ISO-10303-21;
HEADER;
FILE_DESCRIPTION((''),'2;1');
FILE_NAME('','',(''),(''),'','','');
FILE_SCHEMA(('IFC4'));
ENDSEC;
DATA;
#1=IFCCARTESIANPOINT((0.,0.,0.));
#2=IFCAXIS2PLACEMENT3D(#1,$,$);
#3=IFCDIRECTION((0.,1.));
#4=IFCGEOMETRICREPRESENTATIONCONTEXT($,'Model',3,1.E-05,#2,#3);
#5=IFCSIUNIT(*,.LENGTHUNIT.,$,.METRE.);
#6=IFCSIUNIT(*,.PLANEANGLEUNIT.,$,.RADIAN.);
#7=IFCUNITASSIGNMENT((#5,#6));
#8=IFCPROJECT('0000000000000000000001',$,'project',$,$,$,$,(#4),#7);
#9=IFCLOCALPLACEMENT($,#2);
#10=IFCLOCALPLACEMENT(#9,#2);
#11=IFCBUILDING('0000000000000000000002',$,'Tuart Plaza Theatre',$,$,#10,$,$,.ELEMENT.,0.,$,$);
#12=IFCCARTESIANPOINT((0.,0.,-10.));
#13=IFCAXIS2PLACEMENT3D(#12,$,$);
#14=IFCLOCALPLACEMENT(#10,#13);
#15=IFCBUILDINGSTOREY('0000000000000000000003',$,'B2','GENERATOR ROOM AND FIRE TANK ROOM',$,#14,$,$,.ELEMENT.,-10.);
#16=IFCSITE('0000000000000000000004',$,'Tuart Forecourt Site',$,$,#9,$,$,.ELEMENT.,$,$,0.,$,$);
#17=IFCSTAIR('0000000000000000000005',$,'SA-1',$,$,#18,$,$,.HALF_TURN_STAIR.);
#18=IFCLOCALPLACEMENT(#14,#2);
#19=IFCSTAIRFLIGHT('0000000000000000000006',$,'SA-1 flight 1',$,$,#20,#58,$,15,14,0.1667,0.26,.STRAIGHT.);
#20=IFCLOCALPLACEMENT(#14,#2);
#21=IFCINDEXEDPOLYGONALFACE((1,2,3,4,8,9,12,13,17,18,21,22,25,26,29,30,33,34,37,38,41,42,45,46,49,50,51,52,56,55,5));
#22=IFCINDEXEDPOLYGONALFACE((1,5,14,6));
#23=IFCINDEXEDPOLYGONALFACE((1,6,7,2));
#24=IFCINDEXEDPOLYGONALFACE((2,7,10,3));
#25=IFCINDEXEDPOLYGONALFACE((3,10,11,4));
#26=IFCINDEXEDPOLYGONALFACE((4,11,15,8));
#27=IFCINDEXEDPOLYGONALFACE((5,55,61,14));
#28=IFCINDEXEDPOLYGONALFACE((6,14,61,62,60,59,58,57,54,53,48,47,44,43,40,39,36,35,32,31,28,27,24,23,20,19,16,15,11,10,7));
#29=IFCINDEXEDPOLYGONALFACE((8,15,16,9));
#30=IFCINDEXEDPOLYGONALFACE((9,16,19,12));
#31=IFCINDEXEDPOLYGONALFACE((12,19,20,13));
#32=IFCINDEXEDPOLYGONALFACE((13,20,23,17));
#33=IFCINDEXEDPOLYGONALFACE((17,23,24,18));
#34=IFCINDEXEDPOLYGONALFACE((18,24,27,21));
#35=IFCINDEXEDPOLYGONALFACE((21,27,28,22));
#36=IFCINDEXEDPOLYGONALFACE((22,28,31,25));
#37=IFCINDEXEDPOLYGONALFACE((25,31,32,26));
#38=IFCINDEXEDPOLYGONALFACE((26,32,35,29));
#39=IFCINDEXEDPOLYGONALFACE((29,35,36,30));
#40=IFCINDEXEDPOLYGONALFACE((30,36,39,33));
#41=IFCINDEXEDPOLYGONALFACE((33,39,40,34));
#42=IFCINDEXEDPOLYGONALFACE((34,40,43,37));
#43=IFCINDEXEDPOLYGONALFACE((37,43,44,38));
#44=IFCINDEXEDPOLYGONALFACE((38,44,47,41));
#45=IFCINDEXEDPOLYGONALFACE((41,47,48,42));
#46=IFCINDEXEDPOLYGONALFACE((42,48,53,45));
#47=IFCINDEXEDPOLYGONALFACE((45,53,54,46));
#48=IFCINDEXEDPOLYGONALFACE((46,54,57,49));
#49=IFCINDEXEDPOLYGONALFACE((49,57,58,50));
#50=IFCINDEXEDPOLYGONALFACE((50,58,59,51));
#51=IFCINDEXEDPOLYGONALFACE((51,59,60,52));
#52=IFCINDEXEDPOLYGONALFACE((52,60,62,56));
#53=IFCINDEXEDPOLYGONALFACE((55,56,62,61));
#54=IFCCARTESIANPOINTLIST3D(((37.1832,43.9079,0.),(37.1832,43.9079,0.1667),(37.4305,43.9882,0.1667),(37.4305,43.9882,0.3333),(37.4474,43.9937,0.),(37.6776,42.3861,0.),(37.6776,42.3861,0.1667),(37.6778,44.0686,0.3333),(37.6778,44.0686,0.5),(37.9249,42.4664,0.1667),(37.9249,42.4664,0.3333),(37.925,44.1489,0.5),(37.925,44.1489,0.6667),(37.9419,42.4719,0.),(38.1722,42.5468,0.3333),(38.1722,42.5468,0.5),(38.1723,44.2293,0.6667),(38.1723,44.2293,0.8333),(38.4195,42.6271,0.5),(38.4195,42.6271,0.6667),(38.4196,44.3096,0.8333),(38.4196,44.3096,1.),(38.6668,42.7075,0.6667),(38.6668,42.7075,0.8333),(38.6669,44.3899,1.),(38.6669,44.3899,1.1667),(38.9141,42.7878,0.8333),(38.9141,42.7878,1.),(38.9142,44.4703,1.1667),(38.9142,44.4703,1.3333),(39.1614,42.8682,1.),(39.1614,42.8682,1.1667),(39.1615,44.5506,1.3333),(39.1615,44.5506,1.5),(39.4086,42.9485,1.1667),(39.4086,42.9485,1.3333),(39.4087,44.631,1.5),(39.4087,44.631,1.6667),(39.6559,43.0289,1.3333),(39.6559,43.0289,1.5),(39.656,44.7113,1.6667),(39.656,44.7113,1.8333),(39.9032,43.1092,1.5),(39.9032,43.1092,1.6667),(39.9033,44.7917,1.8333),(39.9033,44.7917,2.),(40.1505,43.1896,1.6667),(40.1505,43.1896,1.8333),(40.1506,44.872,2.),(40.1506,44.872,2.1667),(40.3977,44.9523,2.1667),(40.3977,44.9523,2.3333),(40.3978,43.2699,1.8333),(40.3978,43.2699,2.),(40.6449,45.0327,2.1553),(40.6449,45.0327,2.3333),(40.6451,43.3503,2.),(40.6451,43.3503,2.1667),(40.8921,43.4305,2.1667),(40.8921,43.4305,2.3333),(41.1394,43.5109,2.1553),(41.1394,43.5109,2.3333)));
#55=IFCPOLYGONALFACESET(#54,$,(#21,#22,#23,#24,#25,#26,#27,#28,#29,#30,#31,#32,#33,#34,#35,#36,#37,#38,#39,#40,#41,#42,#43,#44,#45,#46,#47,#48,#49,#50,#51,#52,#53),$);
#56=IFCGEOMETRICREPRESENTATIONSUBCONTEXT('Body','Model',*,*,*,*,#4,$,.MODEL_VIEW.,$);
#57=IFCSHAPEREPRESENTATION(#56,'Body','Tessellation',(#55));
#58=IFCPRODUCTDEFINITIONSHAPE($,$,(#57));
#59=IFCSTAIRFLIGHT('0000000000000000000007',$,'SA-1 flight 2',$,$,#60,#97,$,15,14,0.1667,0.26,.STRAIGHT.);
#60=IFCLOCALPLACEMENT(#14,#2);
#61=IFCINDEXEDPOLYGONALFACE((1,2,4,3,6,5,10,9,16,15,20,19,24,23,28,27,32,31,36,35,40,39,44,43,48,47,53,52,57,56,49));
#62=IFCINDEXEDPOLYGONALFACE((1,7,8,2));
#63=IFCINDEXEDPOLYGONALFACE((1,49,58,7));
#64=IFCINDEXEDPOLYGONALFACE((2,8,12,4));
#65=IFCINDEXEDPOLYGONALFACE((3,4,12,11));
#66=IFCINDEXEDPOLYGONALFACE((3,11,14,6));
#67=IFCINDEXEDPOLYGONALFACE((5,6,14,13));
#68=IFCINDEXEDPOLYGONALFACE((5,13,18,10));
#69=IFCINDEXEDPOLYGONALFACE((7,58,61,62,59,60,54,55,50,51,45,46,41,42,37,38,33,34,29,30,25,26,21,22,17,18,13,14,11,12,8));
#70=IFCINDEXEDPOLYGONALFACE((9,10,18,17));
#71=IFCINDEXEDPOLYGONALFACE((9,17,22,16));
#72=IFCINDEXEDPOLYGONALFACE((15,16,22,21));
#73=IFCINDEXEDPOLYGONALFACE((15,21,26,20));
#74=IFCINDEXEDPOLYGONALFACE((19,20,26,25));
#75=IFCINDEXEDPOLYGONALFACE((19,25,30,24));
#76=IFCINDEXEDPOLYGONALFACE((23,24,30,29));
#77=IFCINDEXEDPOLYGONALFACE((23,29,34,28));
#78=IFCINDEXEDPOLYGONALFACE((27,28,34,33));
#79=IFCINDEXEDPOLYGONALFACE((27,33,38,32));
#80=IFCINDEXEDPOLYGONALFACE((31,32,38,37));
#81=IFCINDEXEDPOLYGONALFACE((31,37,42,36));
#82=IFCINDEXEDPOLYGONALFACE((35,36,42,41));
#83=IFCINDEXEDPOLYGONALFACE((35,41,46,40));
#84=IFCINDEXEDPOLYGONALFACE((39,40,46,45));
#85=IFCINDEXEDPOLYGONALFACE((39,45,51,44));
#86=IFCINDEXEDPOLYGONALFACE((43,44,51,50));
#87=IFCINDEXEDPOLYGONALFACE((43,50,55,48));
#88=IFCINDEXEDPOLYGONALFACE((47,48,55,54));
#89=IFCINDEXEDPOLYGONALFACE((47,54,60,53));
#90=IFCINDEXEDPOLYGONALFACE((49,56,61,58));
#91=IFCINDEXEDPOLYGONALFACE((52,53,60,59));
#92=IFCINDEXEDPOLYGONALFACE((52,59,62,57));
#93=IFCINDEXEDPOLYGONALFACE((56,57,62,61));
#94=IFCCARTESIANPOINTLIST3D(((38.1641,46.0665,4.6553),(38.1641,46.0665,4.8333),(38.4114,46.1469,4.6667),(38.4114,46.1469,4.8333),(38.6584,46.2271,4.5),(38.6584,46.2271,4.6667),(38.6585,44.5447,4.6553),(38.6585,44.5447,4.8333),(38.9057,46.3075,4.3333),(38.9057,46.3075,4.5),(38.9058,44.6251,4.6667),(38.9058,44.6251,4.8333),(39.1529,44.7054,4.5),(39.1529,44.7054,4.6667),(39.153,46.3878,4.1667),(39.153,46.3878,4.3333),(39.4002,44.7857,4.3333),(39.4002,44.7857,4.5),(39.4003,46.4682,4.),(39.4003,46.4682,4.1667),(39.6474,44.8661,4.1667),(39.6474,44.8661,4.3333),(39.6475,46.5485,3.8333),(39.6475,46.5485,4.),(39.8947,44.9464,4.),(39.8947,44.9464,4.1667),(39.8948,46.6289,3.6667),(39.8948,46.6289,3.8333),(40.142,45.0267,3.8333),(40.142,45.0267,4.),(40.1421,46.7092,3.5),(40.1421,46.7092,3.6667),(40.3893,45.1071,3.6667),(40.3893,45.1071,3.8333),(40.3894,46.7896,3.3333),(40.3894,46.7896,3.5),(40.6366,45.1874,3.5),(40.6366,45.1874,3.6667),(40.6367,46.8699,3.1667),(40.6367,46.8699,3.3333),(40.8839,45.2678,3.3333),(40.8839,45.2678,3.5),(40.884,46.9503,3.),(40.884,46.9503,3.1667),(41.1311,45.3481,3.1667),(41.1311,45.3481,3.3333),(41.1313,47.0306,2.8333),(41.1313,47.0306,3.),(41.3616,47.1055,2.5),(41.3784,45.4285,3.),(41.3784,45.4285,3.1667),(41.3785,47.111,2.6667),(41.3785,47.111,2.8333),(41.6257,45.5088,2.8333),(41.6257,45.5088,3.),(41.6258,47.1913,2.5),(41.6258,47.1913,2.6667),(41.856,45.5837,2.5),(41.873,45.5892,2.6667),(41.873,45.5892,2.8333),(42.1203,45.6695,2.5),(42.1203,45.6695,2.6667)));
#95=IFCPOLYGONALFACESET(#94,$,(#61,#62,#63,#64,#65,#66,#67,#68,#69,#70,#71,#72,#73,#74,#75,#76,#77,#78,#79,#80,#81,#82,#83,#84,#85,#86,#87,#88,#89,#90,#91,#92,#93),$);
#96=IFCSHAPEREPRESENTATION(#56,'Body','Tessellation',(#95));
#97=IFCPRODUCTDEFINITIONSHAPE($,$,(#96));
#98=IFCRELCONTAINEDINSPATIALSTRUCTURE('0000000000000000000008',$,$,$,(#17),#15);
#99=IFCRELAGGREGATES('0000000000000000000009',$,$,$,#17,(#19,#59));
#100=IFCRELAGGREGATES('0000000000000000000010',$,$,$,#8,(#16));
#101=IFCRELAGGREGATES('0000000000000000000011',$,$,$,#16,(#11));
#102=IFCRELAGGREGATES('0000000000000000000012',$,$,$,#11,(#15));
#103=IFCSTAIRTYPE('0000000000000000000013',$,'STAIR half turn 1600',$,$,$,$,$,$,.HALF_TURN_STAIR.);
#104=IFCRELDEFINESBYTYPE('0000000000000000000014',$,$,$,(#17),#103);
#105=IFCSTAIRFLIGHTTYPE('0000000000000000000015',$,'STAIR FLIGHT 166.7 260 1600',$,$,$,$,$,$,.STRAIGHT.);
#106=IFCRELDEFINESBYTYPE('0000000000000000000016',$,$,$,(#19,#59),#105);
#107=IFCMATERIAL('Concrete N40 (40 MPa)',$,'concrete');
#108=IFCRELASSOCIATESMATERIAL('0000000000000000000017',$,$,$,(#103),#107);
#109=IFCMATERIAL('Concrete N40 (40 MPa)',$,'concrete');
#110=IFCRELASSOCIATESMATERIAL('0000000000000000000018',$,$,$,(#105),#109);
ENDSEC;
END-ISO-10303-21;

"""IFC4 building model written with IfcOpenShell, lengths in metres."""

from ifc_helpers import new_model, si_unit, direction, frame, origin, place, context, subcontext, project, spatial, polyline, outline, extrude, material, type_object, element, aggregate, save


model = new_model("IFC4")

# Units and contexts
model_context = context("Model", 3, precision=1e-05, world=origin(), true_north=direction((0.0, 1.0)))
body_context = subcontext(model_context, "Body", "Model", "MODEL_VIEW")
ifc_project = project(units=[si_unit("LENGTHUNIT", "METRE"), si_unit("PLANEANGLEUNIT", "RADIAN")], contexts=[model_context])

# Site, building, storey
site_placement = place(None, origin())
site = spatial("IfcSite", under=ifc_project, at=site_placement, Name="Tuart Forecourt Site", CompositionType="ELEMENT", RefElevation=0.0)
building_placement = place(site_placement, origin())
building = spatial("IfcBuilding", under=site, at=building_placement, Name="Tuart Plaza Theatre", CompositionType="ELEMENT", ElevationOfRefHeight=0.0)
storey_placement = place(building_placement, frame((0.0, 0.0, -10.0)))
storey = spatial("IfcBuildingStorey", under=building, at=storey_placement, Name="B2", Description="GENERATOR ROOM AND FIRE TANK ROOM", CompositionType="ELEMENT", Elevation=-10.0)

# Stair, stair flights
ifc_material_1 = material(Name="Concrete N40 (40 MPa)", Category="concrete")
stair_type = type_object("IfcStairType", Name="STAIR half turn 1600", PredefinedType="HALF_TURN_STAIR", material=ifc_material_1)
stair_placement = place(storey_placement, origin())
stair = element("IfcStair", 1, at=stair_placement, inside=storey, type_object=stair_type, Name="SA-1", PredefinedType="HALF_TURN_STAIR")
ifc_material_2 = material(Name="Concrete N40 (40 MPa)", Category="concrete")
stair_flight_type = type_object("IfcStairFlightType", Name="STAIR FLIGHT 166.7 260 1600", PredefinedType="STRAIGHT", material=ifc_material_2)
stair_flight_1_placement = place(storey_placement, frame((37.4304, 43.147, 0.0), z_axis=(0.0, 0.0, 1.0), x_axis=(0.951057, 0.309017, 0.0)))
stair_flight_1 = element("IfcStairFlight", 2, at=stair_flight_1_placement, type_object=stair_flight_type, Name="SA-1 flight 1", NumberOfRisers=15, NumberOfTreads=14, PredefinedType="STRAIGHT", RiserHeight=0.1667, TreadLength=0.26, context=body_context, shape_type="SweptSolid", body=[
    extrude(outline(polyline([(0.0, 0.0), (0.0, 0.1667), (0.26, 0.1667), (0.26, 0.3333), (0.52, 0.3333), (0.52, 0.5), (0.78, 0.5), (0.78, 0.6667), (1.04, 0.6667), (1.04, 0.8333), (1.3, 0.8333), (1.3, 1.0), (1.5601, 1.0), (1.5601, 1.1667), (1.8201, 1.1667), (1.8201, 1.3333), (2.0801, 1.3333), (2.0801, 1.5), (2.3401, 1.5), (2.3401, 1.6667), (2.6001, 1.6667), (2.6001, 1.8333), (2.8601, 1.8333), (2.8601, 2.0), (3.1201, 2.0), (3.1201, 2.1667), (3.3799, 2.1667), (3.3799, 2.3333), (3.6399, 2.3333), (3.6399, 2.5), (3.6399, 2.1553), (0.2778, 0.0), (0.0, 0.0)])), frame((0.0, 0.8, 0.0), z_axis=(0.0, -1.0, 0.0), x_axis=(1.0, 0.0, 0.0)), (0.0, 0.0, 1.0), 1.6001),
])
stair_flight_2_placement = place(storey_placement, frame((41.873, 46.4304, 2.5), z_axis=(0.0, 0.0, 1.0), x_axis=(-0.951057, -0.309017, 0.0)))
stair_flight_2 = element("IfcStairFlight", 3, at=stair_flight_2_placement, type_object=stair_flight_type, Name="SA-1 flight 2", NumberOfRisers=15, NumberOfTreads=14, PredefinedType="STRAIGHT", RiserHeight=0.1667, TreadLength=0.26, context=body_context, shape_type="SweptSolid", body=[
    extrude(outline(polyline([(0.0, 0.0), (0.0, 0.1667), (0.26, 0.1667), (0.26, 0.3333), (0.52, 0.3333), (0.52, 0.5), (0.78, 0.5), (0.78, 0.6667), (1.04, 0.6667), (1.04, 0.8333), (1.3, 0.8333), (1.3, 1.0), (1.5601, 1.0), (1.5601, 1.1667), (1.8201, 1.1667), (1.8201, 1.3333), (2.0801, 1.3333), (2.0801, 1.5), (2.3401, 1.5), (2.3401, 1.6667), (2.6001, 1.6667), (2.6001, 1.8333), (2.8601, 1.8333), (2.8601, 2.0), (3.1201, 2.0), (3.1201, 2.1667), (3.3799, 2.1667), (3.3799, 2.3333), (3.6399, 2.3333), (3.6399, 2.5), (3.6399, 2.1553), (0.2778, 0.0), (0.0, 0.0)])), frame((0.0, 0.8, 0.0), z_axis=(0.0, -1.0, 0.0), x_axis=(1.0, 0.0, 0.0)), (0.0, 0.0, 1.0), 1.6001),
])
aggregate(stair, [stair_flight_1, stair_flight_2])

save(model, "model.ifc")
